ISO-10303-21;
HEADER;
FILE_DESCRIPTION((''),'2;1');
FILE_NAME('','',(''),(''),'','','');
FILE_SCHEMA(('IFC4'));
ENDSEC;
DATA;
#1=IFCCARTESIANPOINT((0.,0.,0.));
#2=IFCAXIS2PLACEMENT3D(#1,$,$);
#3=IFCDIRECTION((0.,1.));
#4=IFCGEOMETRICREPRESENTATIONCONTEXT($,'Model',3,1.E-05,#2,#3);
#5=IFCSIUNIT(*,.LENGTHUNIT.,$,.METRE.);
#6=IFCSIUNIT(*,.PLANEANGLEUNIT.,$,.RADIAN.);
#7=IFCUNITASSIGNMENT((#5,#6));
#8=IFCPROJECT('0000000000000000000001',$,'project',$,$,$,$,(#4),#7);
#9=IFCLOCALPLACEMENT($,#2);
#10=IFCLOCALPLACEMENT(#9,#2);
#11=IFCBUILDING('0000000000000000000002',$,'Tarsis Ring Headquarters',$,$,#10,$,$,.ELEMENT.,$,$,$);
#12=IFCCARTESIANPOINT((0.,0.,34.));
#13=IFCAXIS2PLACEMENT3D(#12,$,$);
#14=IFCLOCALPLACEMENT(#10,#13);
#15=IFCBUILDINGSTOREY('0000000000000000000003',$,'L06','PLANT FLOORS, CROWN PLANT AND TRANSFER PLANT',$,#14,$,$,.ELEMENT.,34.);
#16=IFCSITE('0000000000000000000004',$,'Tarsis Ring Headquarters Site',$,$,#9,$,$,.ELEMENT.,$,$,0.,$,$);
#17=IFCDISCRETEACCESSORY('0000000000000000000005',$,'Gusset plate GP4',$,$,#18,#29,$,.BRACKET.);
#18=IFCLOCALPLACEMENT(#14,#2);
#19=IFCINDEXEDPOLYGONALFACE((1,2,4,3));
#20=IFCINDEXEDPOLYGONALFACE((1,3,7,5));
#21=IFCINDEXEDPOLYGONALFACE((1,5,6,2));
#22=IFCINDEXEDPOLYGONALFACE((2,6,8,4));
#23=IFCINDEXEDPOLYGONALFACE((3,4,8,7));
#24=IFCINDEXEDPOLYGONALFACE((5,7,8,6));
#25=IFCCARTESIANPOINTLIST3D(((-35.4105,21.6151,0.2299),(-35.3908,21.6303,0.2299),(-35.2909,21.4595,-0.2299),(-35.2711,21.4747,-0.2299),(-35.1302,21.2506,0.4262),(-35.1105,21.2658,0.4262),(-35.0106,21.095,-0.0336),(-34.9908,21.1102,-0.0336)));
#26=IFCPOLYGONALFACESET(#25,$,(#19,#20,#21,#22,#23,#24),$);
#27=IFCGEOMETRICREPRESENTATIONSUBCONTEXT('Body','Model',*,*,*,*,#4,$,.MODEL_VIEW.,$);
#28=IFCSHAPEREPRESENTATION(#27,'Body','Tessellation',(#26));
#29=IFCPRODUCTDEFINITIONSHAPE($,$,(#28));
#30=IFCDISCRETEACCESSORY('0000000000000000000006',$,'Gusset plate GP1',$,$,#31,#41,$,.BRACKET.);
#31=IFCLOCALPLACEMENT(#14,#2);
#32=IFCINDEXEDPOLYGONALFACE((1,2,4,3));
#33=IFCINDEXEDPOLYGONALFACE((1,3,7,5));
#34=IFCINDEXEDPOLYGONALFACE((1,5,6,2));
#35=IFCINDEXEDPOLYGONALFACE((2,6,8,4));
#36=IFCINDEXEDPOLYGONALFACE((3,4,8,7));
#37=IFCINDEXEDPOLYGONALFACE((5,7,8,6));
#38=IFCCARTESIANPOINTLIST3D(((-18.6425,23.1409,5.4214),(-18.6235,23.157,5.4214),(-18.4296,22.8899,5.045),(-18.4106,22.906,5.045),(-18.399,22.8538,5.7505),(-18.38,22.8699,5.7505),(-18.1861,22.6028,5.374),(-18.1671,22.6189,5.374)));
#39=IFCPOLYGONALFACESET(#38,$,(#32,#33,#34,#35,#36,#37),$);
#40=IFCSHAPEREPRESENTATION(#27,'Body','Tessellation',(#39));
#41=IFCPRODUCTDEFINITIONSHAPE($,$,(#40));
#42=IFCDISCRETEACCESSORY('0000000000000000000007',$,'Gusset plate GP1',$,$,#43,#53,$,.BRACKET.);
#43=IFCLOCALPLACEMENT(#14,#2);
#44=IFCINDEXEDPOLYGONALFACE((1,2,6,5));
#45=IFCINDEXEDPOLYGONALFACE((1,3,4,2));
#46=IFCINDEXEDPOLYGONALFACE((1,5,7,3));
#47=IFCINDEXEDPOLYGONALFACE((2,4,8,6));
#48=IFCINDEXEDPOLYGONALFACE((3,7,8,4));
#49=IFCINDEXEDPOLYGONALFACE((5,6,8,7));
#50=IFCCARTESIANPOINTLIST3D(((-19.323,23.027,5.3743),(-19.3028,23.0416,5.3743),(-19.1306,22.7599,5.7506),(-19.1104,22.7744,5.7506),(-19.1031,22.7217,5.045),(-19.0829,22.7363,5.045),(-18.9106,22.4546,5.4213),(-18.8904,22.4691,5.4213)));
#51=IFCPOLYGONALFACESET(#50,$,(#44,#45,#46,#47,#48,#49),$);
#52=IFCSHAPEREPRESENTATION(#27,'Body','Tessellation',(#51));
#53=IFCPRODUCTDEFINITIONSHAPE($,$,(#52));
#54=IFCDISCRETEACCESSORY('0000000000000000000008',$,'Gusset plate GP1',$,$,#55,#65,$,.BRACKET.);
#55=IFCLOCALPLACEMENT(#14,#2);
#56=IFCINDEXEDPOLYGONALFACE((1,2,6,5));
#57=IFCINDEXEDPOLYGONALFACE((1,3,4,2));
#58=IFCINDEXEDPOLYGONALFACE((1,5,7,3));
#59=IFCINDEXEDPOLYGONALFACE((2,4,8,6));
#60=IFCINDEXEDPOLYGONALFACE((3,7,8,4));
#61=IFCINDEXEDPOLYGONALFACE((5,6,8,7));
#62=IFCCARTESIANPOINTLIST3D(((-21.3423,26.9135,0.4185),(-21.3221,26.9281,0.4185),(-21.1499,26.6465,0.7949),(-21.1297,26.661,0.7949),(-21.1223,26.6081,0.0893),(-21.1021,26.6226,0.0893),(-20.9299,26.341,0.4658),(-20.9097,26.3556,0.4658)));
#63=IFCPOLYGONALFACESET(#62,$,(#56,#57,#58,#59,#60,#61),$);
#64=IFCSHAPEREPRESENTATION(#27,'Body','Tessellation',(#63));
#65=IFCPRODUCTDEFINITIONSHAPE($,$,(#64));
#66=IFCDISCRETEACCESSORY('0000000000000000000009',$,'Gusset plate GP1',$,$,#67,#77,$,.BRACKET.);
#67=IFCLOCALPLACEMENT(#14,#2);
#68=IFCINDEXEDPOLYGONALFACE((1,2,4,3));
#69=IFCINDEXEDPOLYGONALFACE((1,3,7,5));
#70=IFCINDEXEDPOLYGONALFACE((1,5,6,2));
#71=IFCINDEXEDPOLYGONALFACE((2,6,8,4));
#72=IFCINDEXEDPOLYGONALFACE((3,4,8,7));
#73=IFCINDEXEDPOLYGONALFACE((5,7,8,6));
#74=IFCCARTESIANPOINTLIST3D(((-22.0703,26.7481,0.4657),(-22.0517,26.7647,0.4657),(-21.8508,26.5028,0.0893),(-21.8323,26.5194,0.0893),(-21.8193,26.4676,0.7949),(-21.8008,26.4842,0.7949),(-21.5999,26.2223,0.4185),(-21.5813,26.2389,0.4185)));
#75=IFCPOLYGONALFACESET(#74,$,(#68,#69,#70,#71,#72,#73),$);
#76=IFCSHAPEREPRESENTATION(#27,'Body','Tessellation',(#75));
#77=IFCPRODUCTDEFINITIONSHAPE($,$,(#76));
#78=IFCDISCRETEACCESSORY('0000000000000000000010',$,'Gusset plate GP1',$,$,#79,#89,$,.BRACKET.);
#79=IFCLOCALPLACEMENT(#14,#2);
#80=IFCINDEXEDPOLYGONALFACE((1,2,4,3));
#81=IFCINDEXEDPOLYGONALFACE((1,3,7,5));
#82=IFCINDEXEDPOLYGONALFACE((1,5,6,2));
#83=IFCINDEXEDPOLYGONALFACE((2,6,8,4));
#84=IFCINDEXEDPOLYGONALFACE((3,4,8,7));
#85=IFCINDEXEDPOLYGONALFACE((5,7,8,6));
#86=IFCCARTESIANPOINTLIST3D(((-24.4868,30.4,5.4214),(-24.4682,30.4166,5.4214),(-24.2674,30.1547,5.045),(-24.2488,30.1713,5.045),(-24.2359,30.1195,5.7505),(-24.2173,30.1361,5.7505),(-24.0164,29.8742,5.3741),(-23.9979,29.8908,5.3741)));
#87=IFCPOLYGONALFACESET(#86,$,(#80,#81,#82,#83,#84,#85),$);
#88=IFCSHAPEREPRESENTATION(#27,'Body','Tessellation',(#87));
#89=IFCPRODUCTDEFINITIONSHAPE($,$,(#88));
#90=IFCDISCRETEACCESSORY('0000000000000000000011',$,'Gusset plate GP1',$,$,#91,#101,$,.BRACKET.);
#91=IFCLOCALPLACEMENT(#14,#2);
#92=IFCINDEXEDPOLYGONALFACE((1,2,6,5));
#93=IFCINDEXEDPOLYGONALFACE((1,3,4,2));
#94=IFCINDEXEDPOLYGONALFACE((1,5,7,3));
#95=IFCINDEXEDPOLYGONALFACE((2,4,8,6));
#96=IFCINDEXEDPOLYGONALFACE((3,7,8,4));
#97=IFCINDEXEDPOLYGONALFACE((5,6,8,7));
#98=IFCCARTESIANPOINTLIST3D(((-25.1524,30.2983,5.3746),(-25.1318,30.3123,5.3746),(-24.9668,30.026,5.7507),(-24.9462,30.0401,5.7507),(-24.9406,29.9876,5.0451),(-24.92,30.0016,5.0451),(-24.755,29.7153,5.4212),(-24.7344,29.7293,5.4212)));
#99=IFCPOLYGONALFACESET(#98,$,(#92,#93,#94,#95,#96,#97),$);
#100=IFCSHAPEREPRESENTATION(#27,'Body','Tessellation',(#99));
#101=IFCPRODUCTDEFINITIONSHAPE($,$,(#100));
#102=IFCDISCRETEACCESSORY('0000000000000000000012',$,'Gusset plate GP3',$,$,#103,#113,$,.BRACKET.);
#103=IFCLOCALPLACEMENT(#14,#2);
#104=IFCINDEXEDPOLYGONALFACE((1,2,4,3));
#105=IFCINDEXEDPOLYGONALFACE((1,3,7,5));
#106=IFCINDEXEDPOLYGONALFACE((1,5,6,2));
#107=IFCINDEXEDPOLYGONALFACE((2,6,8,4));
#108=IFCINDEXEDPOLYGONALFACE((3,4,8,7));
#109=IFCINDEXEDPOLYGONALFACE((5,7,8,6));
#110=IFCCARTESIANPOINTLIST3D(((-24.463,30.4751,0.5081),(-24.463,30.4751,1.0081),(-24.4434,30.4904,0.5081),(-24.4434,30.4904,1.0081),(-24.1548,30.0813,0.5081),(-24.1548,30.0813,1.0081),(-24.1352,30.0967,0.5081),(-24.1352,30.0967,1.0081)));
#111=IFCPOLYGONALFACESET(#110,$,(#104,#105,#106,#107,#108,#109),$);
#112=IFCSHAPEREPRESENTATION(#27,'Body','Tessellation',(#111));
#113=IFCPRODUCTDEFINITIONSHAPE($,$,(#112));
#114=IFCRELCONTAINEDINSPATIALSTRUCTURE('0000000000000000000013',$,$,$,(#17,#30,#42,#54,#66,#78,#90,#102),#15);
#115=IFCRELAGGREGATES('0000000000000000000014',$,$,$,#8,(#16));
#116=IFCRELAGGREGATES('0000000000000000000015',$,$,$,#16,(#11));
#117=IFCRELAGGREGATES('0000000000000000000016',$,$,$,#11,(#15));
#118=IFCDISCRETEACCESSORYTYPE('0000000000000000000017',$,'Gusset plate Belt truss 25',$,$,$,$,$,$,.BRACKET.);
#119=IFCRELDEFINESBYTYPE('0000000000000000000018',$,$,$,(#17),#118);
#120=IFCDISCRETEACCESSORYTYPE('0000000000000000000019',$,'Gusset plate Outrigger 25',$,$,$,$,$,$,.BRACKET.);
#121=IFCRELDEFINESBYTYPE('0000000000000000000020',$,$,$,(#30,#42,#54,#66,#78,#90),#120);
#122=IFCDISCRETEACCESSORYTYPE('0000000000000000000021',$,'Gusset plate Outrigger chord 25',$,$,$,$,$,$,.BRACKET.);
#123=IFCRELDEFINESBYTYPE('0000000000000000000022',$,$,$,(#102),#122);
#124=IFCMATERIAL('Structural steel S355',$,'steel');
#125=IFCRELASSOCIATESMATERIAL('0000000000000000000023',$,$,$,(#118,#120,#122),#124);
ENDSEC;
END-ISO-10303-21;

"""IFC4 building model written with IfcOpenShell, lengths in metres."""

from ifc_helpers import new_model, si_unit, direction, frame, origin, origin_2d, place, context, subcontext, project, spatial, rectangle, extrude, material, material_profile, profile_set, type_object, element, save


model = new_model("IFC4")

# Units and contexts
model_context = context("Model", 3, precision=1e-05, world=origin(), true_north=direction((0.0, 1.0)))
body_context = subcontext(model_context, "Body", "Model", "MODEL_VIEW")
ifc_project = project(units=[si_unit("LENGTHUNIT", "METRE"), si_unit("PLANEANGLEUNIT", "RADIAN")], contexts=[model_context])

# Site, building, storey
site_placement = place(None, origin())
site = spatial("IfcSite", under=ifc_project, at=site_placement, Name="Tarsis Ring Headquarters Site", CompositionType="ELEMENT", RefElevation=0.0)
building_placement = place(site_placement, origin())
building = spatial("IfcBuilding", under=site, at=building_placement, Name="Tarsis Ring Headquarters", CompositionType="ELEMENT")
storey_placement = place(building_placement, frame((0.0, 0.0, 34.0)))
storey = spatial("IfcBuildingStorey", under=building, at=storey_placement, Name="L06", Description="PLANT FLOORS, CROWN PLANT AND TRANSFER PLANT", CompositionType="ELEMENT", Elevation=34.0)

# Shared definitions
ifc_material_1 = material(Name="Structural steel S355", Category="steel")

# Discrete accessories
ifc_material_profile_1 = material_profile(ifc_material_1, rectangle(XDim=0.0249, YDim=0.5, at=origin_2d()), Name="PL 25x500")
ifc_profile_set_1 = profile_set([ifc_material_profile_1], Name="Structural steel S355")
discrete_accessory_type_1 = type_object("IfcDiscreteAccessoryType", Name="Gusset plate Belt truss 25", PredefinedType="BRACKET", material=ifc_profile_set_1)
discrete_accessory_1_placement = place(storey_placement, frame((-35.3408, 21.5449, 0.0), z_axis=(0.560609, -0.729085, 0.392622), x_axis=(0.792742, 0.609557, 0.0)))
element("IfcDiscreteAccessory", 1, at=discrete_accessory_1_placement, inside=storey, type_object=discrete_accessory_type_1, Name="Gusset plate GP4", PredefinedType="BRACKET", context=body_context, shape_type="SweptSolid", body=[
    extrude(rectangle(XDim=0.0249, YDim=0.5, at=origin_2d()), origin(), (0.0, 0.0, 1.0), 0.5),
])
discrete_accessory_type_2 = type_object("IfcDiscreteAccessoryType", Name="Gusset plate Outrigger 25", PredefinedType="BRACKET", material=ifc_profile_set_1)
for number, where, z_axis, x_axis, name in (
    (2, (-18.5112, 23.0054, 5.5859), (0.425749, -0.501916, -0.752873), (0.762598, 0.646873, 0.0), "Gusset plate GP1"),
    (3, (-19.0105, 22.6145, 5.5859), (-0.38485, 0.534297, -0.752607), (-0.811422, -0.584461, 0.0), "Gusset plate GP1"),
    (4, (-21.2222, 26.7681, 0.2539), (0.384709, -0.534101, 0.752818), (0.811422, 0.584461, 0.0), "Gusset plate GP1"),
    (5, (-21.7161, 26.3708, 0.2539), (-0.438877, 0.490624, 0.752778), (-0.745319, -0.666708, 0.0), "Gusset plate GP1"),
    (6, (-24.3521, 30.2681, 5.5859), (0.438877, -0.490624, -0.752778), (0.745319, 0.666708, 0.0), "Gusset plate GP1"),
    (7, (-24.8506, 29.8777, 5.5859), (-0.371177, 0.544556, -0.752122), (-0.826306, -0.563222, 0.0), "Gusset plate GP1"),
):
    element("IfcDiscreteAccessory", number, at=place(storey_placement, frame(where, z_axis=z_axis, x_axis=x_axis)), inside=storey, type_object=discrete_accessory_type_2, Name=name, PredefinedType="BRACKET", context=body_context, shape_type="SweptSolid", body=[
        extrude(rectangle(XDim=0.0249, YDim=0.5, at=origin_2d()), origin(), (0.0, 0.0, 1.0), 0.5),
    ])
discrete_accessory_type_3 = type_object("IfcDiscreteAccessoryType", Name="Gusset plate Outrigger chord 25", PredefinedType="BRACKET", material=ifc_profile_set_1)
discrete_accessory_2_placement = place(storey_placement, frame((-24.2991, 30.2859, 0.5081), z_axis=(0.0, 0.0, 1.0), x_axis=(0.787481, 0.616339, 0.0)))
element("IfcDiscreteAccessory", 8, at=discrete_accessory_2_placement, inside=storey, type_object=discrete_accessory_type_3, Name="Gusset plate GP3", PredefinedType="BRACKET", context=body_context, shape_type="SweptSolid", body=[
    extrude(rectangle(XDim=0.0249, YDim=0.5, at=origin_2d()), origin(), (0.0, 0.0, 1.0), 0.5),
])

save(model, "model.ifc")
